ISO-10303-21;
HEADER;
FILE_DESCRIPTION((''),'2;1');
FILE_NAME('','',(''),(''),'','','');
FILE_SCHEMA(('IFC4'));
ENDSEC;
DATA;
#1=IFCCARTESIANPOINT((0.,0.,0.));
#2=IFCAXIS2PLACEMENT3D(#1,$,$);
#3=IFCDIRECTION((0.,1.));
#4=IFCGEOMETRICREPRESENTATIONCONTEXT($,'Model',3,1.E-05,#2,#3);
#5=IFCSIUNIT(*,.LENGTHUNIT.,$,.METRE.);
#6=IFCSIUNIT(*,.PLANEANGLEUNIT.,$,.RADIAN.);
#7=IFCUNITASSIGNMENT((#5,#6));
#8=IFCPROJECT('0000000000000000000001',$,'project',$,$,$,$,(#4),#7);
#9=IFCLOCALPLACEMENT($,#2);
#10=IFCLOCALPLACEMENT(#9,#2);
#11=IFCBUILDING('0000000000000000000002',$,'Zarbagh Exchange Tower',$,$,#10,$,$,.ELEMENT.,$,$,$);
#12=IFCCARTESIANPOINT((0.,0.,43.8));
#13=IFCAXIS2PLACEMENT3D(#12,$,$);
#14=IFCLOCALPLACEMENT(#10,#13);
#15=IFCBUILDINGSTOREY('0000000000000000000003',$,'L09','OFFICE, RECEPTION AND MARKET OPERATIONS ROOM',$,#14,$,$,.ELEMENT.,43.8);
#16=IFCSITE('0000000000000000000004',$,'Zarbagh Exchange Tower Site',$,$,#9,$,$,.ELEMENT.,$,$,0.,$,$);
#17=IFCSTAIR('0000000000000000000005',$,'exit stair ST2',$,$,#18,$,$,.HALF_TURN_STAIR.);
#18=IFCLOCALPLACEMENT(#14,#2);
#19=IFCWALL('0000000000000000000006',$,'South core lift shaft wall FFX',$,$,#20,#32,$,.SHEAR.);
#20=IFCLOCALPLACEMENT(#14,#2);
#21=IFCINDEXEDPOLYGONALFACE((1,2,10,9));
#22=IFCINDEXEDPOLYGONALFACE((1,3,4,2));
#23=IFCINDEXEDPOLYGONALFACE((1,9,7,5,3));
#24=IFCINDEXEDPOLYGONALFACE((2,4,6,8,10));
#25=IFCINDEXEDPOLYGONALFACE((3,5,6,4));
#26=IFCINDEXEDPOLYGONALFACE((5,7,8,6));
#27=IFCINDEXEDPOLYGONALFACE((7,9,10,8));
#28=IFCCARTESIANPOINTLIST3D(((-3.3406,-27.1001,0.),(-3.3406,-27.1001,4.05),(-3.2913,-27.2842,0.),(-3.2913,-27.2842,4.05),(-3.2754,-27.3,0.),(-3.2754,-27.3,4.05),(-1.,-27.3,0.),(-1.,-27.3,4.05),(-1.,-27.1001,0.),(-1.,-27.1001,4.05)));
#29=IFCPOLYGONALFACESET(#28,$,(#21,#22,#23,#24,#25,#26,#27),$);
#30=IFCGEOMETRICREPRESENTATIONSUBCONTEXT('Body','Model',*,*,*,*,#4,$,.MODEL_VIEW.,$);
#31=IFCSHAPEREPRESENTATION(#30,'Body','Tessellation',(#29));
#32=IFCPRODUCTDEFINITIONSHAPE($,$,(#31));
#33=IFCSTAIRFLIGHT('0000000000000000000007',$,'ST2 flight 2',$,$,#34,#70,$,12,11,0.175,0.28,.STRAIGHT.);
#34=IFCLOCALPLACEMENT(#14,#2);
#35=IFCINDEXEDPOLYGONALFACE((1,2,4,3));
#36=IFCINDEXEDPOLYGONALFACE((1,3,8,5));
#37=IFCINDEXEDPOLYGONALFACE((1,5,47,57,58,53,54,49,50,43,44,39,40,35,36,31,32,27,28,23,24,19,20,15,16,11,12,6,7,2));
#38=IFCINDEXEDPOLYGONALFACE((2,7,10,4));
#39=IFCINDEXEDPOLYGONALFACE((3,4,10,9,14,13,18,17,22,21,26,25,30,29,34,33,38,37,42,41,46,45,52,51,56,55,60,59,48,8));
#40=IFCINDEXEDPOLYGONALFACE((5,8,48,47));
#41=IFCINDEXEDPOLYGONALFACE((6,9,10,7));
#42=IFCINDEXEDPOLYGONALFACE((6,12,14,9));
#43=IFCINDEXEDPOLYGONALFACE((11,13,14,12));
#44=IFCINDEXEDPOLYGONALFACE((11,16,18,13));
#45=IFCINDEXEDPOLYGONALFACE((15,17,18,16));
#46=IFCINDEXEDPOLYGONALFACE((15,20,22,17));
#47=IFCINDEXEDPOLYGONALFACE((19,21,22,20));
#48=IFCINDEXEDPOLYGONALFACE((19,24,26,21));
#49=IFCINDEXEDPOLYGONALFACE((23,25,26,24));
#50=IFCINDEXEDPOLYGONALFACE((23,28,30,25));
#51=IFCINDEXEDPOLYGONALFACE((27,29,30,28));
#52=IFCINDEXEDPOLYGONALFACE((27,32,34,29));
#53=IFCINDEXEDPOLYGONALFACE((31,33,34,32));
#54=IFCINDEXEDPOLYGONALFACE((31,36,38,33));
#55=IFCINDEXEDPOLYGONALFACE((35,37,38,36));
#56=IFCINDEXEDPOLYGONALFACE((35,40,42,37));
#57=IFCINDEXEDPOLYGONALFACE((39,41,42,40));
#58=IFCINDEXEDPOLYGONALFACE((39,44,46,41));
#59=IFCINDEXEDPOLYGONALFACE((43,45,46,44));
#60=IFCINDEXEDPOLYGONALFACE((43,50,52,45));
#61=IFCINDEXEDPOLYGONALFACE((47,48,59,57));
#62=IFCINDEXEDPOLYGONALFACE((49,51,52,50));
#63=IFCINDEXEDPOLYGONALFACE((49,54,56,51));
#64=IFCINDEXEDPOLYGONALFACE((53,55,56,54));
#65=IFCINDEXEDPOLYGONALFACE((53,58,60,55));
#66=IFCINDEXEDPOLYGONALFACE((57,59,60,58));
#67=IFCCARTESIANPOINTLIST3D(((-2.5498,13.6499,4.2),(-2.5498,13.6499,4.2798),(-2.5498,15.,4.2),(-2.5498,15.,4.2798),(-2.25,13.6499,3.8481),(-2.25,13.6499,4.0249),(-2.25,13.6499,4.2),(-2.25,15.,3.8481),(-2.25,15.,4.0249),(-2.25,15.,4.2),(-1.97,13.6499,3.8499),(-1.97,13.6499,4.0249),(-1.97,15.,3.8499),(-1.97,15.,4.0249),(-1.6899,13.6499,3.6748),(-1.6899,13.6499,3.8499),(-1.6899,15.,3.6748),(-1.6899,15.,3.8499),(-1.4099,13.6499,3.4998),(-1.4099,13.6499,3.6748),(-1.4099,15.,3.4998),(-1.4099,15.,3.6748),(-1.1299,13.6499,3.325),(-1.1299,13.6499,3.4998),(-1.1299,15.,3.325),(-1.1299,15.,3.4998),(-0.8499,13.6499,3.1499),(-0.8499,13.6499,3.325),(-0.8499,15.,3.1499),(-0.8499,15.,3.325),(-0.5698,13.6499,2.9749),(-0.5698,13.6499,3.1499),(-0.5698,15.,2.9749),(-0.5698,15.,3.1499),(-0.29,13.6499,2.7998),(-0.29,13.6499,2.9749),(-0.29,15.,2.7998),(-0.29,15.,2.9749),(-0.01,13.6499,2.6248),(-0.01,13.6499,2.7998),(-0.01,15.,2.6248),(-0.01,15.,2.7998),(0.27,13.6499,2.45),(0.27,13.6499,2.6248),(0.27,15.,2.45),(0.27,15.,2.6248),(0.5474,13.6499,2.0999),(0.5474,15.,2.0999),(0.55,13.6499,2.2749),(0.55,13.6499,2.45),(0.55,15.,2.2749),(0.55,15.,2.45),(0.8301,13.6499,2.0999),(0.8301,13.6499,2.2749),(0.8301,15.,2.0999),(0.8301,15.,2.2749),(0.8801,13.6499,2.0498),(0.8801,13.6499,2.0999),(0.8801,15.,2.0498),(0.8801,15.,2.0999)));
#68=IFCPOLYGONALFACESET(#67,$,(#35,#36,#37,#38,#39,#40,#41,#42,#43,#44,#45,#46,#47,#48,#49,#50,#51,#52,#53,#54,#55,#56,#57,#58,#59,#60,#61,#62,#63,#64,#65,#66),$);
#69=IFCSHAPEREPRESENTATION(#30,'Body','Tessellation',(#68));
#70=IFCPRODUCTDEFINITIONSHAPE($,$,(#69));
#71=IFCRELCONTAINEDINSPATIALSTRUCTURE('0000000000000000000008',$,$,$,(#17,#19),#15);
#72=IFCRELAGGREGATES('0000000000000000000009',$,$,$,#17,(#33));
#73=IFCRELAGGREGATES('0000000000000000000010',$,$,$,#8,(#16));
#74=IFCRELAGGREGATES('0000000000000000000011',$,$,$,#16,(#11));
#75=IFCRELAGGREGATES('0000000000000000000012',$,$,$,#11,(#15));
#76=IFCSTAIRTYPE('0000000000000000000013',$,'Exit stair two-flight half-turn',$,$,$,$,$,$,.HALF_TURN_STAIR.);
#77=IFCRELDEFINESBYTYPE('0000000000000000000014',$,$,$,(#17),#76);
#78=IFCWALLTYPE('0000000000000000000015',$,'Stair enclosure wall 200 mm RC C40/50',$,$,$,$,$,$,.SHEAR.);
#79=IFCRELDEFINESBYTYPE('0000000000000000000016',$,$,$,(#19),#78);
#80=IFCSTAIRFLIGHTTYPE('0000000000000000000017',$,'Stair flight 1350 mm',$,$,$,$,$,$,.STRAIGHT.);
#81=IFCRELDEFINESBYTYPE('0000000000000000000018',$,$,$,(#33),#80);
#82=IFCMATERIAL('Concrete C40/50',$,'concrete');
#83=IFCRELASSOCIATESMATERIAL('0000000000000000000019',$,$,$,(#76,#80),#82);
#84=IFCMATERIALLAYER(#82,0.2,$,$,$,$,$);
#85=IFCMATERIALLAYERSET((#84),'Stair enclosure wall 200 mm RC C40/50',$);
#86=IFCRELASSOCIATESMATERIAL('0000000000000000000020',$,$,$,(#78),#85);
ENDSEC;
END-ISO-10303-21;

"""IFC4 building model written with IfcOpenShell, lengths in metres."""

from ifc_helpers import new_model, si_unit, direction, frame, origin, place, context, subcontext, project, spatial, polyline, outline, extrude, material, layer, layer_set, type_object, element, aggregate, save


model = new_model("IFC4")

# Units and contexts
model_context = context("Model", 3, precision=1e-05, world=origin(), true_north=direction((0.0, 1.0)))
body_context = subcontext(model_context, "Body", "Model", "MODEL_VIEW")
ifc_project = project(units=[si_unit("LENGTHUNIT", "METRE"), si_unit("PLANEANGLEUNIT", "RADIAN")], contexts=[model_context])

# Site, building, storey
site_placement = place(None, origin())
site = spatial("IfcSite", under=ifc_project, at=site_placement, Name="Zarbagh Exchange Tower Site", CompositionType="ELEMENT", RefElevation=0.0)
building_placement = place(site_placement, origin())
building = spatial("IfcBuilding", under=site, at=building_placement, Name="Zarbagh Exchange Tower", CompositionType="ELEMENT")
storey_placement = place(building_placement, frame((0.0, 0.0, 43.8)))
storey = spatial("IfcBuildingStorey", under=building, at=storey_placement, Name="L09", Description="OFFICE, RECEPTION AND MARKET OPERATIONS ROOM", CompositionType="ELEMENT", Elevation=43.8)

# Stair
ifc_material_1 = material(Name="Concrete C40/50", Category="concrete")
stair_type = type_object("IfcStairType", Name="Exit stair two-flight half-turn", PredefinedType="HALF_TURN_STAIR", material=ifc_material_1)
stair_1_placement = place(storey_placement, origin())
stair_1 = element("IfcStair", 1, at=stair_1_placement, inside=storey, type_object=stair_type, Name="exit stair ST2", PredefinedType="HALF_TURN_STAIR")

# Shared definitions
ifc_layer_1 = layer(ifc_material_1, 0.2)
ifc_layer_set_1 = layer_set([ifc_layer_1], Name="Stair enclosure wall 200 mm RC C40/50")
wall_type_1 = type_object("IfcWallType", Name="Stair enclosure wall 200 mm RC C40/50", PredefinedType="SHEAR", material=ifc_layer_set_1)

# Wall
wall_1_placement = place(storey_placement, origin())
element("IfcWall", 2, at=wall_1_placement, inside=storey, type_object=wall_type_1, Name="South core lift shaft wall FFX", PredefinedType="SHEAR", context=body_context, shape_type="SweptSolid", body=[
    extrude(outline(polyline([(-1.0, -27.1001), (-3.3406, -27.1001), (-3.2913, -27.2842), (-3.2754, -27.3), (-1.0, -27.3), (-1.0, -27.1001)])), origin(), (0.0, 0.0, 1.0), 4.05),
])

# Stair flight
stair_flight_type = type_object("IfcStairFlightType", Name="Stair flight 1350 mm", PredefinedType="STRAIGHT", material=ifc_material_1)
stair_flight_placement = place(storey_placement, frame((0.8301, 14.325, 2.0999), z_axis=(0.0, 0.0, 1.0), x_axis=(-1.0, 0.0, 0.0)))
stair_flight = element("IfcStairFlight", 3, at=stair_flight_placement, type_object=stair_flight_type, Name="ST2 flight 2", NumberOfRisers=12, NumberOfTreads=11, PredefinedType="STRAIGHT", RiserHeight=0.175, TreadLength=0.28, context=body_context, shape_type="SweptSolid", body=[
    extrude(outline(polyline([(-0.05, -0.05), (-0.05, 0.0), (0.0, 0.0), (0.0, 0.175), (0.28, 0.175), (0.28, 0.3501), (0.5601, 0.3501), (0.5601, 0.5249), (0.8401, 0.5249), (0.8401, 0.7), (1.1201, 0.7), (1.1201, 0.875), (1.3999, 0.875), (1.3999, 1.05), (1.6799, 1.05), (1.6799, 1.2251), (1.96, 1.2251), (1.96, 1.3999), (2.24, 1.3999), (2.24, 1.575), (2.52, 1.575), (2.52, 1.75), (2.8, 1.75), (2.8, 1.925), (3.0801, 1.925), (3.0801, 2.1001), (3.3799, 2.1799), (3.3799, 2.1001), (3.0801, 1.7483), (0.2827, 0.0), (-0.05, -0.05)])), frame((0.0, 0.675, 0.0), z_axis=(0.0, -1.0, 0.0), x_axis=(1.0, 0.0, 0.0)), (0.0, 0.0, 1.0), 1.3501),
])
aggregate(stair_1, [stair_flight])

save(model, "model.ifc")
